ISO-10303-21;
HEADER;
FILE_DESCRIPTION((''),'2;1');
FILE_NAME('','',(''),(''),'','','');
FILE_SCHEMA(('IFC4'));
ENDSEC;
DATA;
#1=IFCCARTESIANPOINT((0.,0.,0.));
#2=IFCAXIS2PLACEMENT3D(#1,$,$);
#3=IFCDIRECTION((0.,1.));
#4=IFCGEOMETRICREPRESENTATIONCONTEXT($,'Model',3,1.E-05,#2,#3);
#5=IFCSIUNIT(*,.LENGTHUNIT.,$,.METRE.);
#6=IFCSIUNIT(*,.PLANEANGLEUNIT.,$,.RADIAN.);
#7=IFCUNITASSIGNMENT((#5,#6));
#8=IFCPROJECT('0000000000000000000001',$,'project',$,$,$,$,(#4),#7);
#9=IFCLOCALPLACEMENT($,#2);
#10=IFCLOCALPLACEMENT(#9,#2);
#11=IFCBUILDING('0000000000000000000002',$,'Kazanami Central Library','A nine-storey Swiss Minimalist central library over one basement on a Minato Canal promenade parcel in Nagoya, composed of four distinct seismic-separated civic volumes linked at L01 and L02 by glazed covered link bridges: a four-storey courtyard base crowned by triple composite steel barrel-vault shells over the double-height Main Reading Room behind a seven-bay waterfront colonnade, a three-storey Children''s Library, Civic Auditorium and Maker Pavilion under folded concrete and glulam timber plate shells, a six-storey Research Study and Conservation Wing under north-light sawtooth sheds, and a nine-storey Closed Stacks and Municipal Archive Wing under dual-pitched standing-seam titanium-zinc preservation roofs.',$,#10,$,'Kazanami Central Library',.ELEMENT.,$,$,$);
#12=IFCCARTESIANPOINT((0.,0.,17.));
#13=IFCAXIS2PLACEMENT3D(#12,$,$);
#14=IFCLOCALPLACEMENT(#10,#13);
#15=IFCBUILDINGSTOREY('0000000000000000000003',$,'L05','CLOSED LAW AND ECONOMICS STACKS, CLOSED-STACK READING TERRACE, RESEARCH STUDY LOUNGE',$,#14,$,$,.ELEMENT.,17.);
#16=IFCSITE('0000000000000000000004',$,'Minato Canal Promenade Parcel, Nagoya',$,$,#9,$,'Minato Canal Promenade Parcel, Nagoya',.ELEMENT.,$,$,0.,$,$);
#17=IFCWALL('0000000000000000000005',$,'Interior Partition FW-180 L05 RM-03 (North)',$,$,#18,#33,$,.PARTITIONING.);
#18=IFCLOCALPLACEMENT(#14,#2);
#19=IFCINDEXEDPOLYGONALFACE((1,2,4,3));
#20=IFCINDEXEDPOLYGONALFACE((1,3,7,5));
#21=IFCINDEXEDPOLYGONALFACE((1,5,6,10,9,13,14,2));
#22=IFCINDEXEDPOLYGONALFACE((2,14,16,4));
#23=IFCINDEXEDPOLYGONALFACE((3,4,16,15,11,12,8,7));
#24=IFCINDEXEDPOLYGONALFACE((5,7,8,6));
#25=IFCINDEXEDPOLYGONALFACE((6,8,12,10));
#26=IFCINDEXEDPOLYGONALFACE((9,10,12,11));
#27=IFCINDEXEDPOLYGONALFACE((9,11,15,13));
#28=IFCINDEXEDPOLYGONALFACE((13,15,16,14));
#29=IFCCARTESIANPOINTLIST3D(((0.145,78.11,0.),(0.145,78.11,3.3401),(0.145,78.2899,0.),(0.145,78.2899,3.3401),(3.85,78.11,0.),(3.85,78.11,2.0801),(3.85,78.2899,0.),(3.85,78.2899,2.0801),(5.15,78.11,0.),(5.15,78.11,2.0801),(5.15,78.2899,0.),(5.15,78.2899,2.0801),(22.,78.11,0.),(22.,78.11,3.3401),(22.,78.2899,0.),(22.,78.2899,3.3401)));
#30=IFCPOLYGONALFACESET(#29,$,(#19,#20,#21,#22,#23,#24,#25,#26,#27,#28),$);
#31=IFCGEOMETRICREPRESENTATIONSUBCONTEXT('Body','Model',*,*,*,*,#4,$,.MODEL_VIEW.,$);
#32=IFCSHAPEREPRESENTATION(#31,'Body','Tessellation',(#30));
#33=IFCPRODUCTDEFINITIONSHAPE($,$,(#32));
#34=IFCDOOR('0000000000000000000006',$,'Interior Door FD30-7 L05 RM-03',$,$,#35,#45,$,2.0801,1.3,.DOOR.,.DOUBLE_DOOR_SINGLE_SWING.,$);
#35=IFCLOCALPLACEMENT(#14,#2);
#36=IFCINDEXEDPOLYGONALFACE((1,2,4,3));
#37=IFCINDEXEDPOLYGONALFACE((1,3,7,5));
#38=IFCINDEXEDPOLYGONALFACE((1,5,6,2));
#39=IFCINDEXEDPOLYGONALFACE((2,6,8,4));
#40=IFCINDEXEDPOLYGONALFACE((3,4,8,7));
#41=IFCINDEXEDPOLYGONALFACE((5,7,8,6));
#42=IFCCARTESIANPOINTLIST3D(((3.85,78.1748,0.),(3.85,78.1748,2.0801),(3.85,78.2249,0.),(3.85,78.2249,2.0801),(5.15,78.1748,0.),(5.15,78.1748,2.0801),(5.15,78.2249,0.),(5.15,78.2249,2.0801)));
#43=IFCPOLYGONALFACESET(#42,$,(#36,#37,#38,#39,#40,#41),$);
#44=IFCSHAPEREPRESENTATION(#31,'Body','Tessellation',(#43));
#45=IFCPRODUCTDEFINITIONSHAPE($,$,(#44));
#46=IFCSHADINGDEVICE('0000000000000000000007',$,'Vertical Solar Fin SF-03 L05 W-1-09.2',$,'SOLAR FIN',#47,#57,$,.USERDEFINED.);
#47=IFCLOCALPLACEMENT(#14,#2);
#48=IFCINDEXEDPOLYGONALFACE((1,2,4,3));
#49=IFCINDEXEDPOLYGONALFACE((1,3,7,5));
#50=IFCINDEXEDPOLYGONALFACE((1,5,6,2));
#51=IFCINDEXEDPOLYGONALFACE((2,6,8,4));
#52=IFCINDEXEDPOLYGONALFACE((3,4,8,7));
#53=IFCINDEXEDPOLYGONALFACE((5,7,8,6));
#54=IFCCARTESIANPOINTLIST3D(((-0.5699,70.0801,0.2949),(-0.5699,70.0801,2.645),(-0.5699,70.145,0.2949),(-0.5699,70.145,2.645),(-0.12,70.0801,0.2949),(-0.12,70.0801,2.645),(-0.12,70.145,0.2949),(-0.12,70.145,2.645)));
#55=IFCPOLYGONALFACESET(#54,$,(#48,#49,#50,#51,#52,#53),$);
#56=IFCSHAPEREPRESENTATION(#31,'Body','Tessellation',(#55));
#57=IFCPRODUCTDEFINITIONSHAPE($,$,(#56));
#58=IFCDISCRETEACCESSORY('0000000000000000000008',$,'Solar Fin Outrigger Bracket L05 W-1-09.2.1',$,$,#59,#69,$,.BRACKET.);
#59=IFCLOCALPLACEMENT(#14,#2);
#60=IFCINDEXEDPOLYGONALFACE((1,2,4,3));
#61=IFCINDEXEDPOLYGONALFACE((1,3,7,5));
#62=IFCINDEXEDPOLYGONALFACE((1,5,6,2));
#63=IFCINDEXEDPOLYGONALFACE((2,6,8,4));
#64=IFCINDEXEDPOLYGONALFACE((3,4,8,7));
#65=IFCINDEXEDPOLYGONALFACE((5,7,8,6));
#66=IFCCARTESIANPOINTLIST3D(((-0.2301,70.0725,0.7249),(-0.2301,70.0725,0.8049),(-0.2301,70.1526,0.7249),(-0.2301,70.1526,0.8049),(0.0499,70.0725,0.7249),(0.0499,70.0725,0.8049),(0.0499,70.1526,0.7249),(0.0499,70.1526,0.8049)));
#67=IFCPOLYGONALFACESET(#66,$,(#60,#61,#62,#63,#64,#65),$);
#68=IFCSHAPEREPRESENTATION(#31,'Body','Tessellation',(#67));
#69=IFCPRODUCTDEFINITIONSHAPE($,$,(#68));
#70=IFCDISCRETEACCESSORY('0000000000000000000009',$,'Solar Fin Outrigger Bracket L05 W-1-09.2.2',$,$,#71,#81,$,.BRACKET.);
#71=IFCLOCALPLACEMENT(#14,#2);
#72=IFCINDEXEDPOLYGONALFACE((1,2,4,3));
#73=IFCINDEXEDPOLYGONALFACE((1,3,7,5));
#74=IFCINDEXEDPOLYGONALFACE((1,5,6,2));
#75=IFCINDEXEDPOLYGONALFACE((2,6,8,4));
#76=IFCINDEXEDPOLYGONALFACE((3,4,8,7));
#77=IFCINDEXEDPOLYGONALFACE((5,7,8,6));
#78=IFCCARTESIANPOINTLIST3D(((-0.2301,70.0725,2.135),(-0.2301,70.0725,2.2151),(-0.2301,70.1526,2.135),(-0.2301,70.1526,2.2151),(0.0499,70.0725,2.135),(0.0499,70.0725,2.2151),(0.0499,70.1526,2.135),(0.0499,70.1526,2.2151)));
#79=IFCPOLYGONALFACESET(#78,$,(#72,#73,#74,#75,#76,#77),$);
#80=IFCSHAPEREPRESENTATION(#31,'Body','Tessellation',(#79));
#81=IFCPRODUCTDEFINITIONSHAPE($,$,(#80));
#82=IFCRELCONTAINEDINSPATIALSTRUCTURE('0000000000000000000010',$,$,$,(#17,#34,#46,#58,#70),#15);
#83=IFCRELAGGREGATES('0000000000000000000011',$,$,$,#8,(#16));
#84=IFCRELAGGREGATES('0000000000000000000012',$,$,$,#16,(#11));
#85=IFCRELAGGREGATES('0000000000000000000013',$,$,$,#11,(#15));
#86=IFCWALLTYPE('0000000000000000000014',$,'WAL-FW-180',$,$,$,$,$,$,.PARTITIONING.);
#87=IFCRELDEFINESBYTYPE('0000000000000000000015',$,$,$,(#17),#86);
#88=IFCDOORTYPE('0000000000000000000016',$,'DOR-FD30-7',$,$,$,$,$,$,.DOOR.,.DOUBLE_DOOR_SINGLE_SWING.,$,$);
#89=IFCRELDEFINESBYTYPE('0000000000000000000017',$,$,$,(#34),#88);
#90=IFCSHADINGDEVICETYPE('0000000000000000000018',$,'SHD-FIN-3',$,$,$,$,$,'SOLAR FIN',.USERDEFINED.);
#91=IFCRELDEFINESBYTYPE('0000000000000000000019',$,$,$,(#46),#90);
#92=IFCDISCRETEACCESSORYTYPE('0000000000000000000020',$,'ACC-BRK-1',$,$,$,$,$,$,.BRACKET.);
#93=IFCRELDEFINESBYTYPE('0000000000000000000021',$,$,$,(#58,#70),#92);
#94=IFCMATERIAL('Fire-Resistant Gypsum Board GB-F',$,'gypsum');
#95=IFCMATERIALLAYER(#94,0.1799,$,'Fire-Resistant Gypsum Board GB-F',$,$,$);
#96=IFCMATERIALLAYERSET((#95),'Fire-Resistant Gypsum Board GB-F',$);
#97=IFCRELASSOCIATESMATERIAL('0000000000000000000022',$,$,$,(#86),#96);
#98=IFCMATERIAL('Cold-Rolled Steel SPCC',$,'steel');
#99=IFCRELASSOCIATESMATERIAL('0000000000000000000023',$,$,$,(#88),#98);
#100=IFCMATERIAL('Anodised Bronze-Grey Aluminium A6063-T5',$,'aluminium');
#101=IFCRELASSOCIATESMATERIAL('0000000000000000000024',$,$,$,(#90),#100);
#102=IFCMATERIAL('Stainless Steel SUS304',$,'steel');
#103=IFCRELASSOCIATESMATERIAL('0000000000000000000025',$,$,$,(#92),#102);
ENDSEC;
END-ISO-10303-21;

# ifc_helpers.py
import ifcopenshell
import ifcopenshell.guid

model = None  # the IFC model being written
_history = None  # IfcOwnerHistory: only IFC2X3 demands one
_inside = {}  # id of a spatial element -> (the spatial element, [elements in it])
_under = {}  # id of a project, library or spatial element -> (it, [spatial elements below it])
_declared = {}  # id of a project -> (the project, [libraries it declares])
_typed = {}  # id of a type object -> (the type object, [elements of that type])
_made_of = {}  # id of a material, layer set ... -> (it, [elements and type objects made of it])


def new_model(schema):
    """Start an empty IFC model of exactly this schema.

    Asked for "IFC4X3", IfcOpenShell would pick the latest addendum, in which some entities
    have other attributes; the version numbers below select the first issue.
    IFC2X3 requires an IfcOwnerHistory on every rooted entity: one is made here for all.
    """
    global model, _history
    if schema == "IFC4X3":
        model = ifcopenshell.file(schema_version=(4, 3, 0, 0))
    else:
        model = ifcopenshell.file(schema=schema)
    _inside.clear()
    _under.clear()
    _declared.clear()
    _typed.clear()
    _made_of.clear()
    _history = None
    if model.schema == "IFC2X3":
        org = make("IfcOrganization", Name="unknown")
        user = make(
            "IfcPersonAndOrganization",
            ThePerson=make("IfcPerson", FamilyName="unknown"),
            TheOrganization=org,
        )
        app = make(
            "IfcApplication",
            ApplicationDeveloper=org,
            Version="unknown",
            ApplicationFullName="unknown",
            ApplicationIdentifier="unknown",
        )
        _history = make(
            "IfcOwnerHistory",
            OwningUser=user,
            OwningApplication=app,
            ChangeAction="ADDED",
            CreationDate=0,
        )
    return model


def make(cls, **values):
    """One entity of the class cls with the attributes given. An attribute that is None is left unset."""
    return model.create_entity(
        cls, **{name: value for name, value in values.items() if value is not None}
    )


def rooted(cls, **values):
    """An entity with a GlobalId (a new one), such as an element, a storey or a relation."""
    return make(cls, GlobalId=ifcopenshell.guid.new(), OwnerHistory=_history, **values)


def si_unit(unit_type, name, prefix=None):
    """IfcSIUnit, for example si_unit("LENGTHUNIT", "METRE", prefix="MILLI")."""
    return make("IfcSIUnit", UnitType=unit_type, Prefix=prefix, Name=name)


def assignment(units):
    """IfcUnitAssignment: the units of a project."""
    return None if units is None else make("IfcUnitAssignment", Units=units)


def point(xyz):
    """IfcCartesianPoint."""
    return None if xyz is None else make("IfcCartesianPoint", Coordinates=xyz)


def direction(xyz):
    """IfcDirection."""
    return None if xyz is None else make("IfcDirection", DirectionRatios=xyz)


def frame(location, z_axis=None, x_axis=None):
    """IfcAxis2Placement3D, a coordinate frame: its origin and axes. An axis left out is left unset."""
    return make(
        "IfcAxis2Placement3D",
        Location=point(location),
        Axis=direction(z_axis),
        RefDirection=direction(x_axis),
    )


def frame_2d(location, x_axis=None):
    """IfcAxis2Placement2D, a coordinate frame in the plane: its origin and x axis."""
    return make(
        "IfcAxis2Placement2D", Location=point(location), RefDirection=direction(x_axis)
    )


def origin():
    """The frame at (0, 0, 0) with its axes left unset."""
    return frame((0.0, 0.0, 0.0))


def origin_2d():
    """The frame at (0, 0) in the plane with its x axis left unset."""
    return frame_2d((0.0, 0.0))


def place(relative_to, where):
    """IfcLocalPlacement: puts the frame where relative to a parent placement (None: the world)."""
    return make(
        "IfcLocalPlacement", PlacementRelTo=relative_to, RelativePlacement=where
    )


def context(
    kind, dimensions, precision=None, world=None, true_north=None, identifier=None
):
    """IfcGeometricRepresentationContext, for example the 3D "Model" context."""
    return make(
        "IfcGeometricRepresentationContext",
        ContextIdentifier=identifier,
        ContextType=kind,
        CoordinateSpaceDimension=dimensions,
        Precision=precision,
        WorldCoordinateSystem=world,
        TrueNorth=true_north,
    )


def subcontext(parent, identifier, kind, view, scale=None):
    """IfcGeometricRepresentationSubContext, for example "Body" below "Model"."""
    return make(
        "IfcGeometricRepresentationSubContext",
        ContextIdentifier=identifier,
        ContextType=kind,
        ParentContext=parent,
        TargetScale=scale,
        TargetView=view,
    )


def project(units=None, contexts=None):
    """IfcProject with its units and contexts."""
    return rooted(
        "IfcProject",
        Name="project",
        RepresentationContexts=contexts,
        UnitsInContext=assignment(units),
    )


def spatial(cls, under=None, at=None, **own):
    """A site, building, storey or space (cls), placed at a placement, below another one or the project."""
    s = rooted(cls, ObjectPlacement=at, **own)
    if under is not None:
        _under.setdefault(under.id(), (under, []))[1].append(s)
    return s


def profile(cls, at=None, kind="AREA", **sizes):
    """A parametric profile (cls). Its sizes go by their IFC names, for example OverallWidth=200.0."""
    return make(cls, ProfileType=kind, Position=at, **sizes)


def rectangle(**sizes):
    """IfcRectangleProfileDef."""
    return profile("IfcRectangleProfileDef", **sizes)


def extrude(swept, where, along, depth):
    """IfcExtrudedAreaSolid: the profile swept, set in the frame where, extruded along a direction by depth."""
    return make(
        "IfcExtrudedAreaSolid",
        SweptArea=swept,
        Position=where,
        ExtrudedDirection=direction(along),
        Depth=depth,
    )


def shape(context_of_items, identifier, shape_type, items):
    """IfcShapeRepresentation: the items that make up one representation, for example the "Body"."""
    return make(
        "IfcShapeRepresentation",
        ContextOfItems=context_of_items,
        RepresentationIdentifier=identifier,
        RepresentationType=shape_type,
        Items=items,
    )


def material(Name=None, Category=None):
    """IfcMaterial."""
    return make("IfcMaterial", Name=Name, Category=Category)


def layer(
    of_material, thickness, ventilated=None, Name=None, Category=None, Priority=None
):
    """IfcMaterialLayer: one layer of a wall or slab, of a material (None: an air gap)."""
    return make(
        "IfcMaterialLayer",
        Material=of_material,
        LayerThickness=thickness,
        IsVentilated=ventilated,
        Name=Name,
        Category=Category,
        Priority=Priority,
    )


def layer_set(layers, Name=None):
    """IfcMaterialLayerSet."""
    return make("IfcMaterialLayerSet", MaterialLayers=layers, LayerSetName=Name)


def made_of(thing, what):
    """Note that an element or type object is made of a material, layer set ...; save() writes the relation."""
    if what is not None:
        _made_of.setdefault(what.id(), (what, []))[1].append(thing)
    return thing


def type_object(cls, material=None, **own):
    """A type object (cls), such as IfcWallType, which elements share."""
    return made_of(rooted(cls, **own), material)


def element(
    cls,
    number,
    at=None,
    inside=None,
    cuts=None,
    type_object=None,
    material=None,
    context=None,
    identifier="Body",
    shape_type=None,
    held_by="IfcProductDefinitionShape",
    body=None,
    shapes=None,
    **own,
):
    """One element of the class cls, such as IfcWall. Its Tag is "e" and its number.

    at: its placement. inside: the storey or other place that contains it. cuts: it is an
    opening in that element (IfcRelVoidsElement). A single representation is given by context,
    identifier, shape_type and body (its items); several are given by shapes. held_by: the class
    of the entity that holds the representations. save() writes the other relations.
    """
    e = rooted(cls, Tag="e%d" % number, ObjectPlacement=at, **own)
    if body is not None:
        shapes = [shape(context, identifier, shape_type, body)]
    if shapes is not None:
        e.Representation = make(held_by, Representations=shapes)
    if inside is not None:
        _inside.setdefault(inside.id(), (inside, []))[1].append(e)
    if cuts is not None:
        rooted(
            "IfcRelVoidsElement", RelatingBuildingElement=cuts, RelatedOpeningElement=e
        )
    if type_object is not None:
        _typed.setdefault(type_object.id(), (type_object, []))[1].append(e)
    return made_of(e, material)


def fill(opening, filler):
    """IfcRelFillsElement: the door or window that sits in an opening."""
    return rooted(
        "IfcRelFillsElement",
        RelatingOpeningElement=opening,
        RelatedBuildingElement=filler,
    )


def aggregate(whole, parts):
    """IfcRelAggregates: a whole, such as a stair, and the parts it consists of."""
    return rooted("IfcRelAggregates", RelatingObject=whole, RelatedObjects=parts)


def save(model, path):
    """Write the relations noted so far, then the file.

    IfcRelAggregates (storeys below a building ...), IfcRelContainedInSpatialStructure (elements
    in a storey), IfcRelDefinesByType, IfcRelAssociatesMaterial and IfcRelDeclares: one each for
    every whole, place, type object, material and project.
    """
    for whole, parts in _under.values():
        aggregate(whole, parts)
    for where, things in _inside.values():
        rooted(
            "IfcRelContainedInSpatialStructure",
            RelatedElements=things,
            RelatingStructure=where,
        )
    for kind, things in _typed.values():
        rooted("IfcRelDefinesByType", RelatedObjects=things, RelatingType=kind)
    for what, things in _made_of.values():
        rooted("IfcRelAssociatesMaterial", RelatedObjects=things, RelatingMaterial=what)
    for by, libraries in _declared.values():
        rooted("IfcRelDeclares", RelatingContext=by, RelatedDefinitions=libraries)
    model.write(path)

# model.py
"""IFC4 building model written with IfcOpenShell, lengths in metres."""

from ifc_helpers import new_model, si_unit, direction, frame, frame_2d, origin, origin_2d, place, context, subcontext, project, spatial, rectangle, extrude, material, layer, layer_set, type_object, element, fill, save


model = new_model("IFC4")

# Units and contexts
model_context = context("Model", 3, precision=1e-05, world=origin(), true_north=direction((0.0, 1.0)))
body_context = subcontext(model_context, "Body", "Model", "MODEL_VIEW")
ifc_project = project(units=[si_unit("LENGTHUNIT", "METRE"), si_unit("PLANEANGLEUNIT", "RADIAN")], contexts=[model_context])

# Site, building, storey
site_placement = place(None, origin())
site = spatial("IfcSite", under=ifc_project, at=site_placement, Name="Minato Canal Promenade Parcel, Nagoya", LongName="Minato Canal Promenade Parcel, Nagoya", CompositionType="ELEMENT", RefElevation=0.0)
building_placement = place(site_placement, origin())
building = spatial("IfcBuilding", under=site, at=building_placement, Name="Kazanami Central Library", Description="A nine-storey Swiss Minimalist central library over one basement on a Minato Canal promenade parcel in Nagoya, composed of four distinct seismic-separated civic volumes linked at L01 and L02 by glazed covered link bridges: a four-storey courtyard base crowned by triple composite steel barrel-vault shells over the double-height Main Reading Room behind a seven-bay waterfront colonnade, a three-storey Children's Library, Civic Auditorium and Maker Pavilion under folded concrete and glulam timber plate shells, a six-storey Research Study and Conservation Wing under north-light sawtooth sheds, and a nine-storey Closed Stacks and Municipal Archive Wing under dual-pitched standing-seam titanium-zinc preservation roofs.", LongName="Kazanami Central Library", CompositionType="ELEMENT")
storey_placement = place(building_placement, frame((0.0, 0.0, 17.0)))
storey = spatial("IfcBuildingStorey", under=building, at=storey_placement, Name="L05", Description="CLOSED LAW AND ECONOMICS STACKS, CLOSED-STACK READING TERRACE, RESEARCH STUDY LOUNGE", CompositionType="ELEMENT", Elevation=17.0)

# Wall, opening, door
ifc_material_1 = material(Name="Fire-Resistant Gypsum Board GB-F", Category="gypsum")
ifc_layer_1 = layer(ifc_material_1, 0.1799, Name="Fire-Resistant Gypsum Board GB-F")
ifc_layer_set_1 = layer_set([ifc_layer_1], Name="Fire-Resistant Gypsum Board GB-F")
wall_type_1 = type_object("IfcWallType", Name="WAL-FW-180", PredefinedType="PARTITIONING", material=ifc_layer_set_1)
wall_1_placement = place(storey_placement, frame((0.145, 78.2, 0.0), z_axis=(0.0, 0.0, 1.0), x_axis=(1.0, 0.0, 0.0)))
wall_1 = element("IfcWall", 1, at=wall_1_placement, inside=storey, type_object=wall_type_1, Name="Interior Partition FW-180 L05 RM-03 (North)", PredefinedType="PARTITIONING", context=body_context, shape_type="SweptSolid", body=[
    extrude(rectangle(XDim=21.855, YDim=0.1799, at=frame_2d((10.9275, 0.0))), origin(), (0.0, 0.0, 1.0), 3.3401),
])
opening_1_placement = place(wall_1_placement, frame((3.7051, 0.0, 0.0)))
opening_1 = element("IfcOpeningElement", 2, at=opening_1_placement, cuts=wall_1, PredefinedType="OPENING", context=body_context, shape_type="SweptSolid", body=[
    extrude(rectangle(XDim=1.3, YDim=2.0801, at=frame_2d((0.6499, 1.04))), frame((0.0, 0.1021, 0.0), z_axis=(0.0, -1.0, 0.0), x_axis=(1.0, 0.0, 0.0)), (0.0, 0.0, 1.0), 0.2039),
])
ifc_material_2 = material(Name="Cold-Rolled Steel SPCC", Category="steel")
door_type = type_object("IfcDoorType", Name="DOR-FD30-7", OperationType="DOUBLE_DOOR_SINGLE_SWING", PredefinedType="DOOR", material=ifc_material_2)
door_placement = place(opening_1_placement, origin())
door = element("IfcDoor", 3, at=door_placement, inside=storey, type_object=door_type, Name="Interior Door FD30-7 L05 RM-03", OperationType="DOUBLE_DOOR_SINGLE_SWING", OverallHeight=2.0801, OverallWidth=1.3, PredefinedType="DOOR", context=body_context, shape_type="SweptSolid", body=[
    extrude(rectangle(XDim=1.3, YDim=2.0801, at=frame_2d((0.6499, 1.04))), frame((0.0, 0.0249, 0.0), z_axis=(0.0, -1.0, 0.0), x_axis=(1.0, 0.0, 0.0)), (0.0, 0.0, 1.0), 0.05),
])
fill(opening_1, door)

# Shading device
ifc_material_3 = material(Name="Anodised Bronze-Grey Aluminium A6063-T5", Category="aluminium")
shading_device_type = type_object("IfcShadingDeviceType", Name="SHD-FIN-3", ElementType="SOLAR FIN", PredefinedType="USERDEFINED", material=ifc_material_3)
shading_device_placement = place(storey_placement, frame((-0.345, 70.1125, 0.2949), z_axis=(0.0, 0.0, 1.0), x_axis=(0.0, 1.0, 0.0)))
element("IfcShadingDevice", 4, at=shading_device_placement, inside=storey, type_object=shading_device_type, Name="Vertical Solar Fin SF-03 L05 W-1-09.2", ObjectType="SOLAR FIN", PredefinedType="USERDEFINED", context=body_context, shape_type="SweptSolid", body=[
    extrude(rectangle(XDim=0.0649, YDim=0.45, at=origin_2d()), origin(), (0.0, 0.0, 1.0), 2.3501),
])

# Discrete accessories
ifc_material_4 = material(Name="Stainless Steel SUS304", Category="steel")
discrete_accessory_type = type_object("IfcDiscreteAccessoryType", Name="ACC-BRK-1", PredefinedType="BRACKET", material=ifc_material_4)
for number, where, z_axis, x_axis, name in (
    (5, (-0.0901, 70.1125, 0.7249), (0.0, 0.0, 1.0), (0.0, 1.0, 0.0), "Solar Fin Outrigger Bracket L05 W-1-09.2.1"),
    (6, (-0.0901, 70.1125, 2.135), (0.0, 0.0, 1.0), (0.0, 1.0, 0.0), "Solar Fin Outrigger Bracket L05 W-1-09.2.2"),
):
    element("IfcDiscreteAccessory", number, at=place(storey_placement, frame(where, z_axis=z_axis, x_axis=x_axis)), inside=storey, type_object=discrete_accessory_type, Name=name, PredefinedType="BRACKET", context=body_context, shape_type="SweptSolid", body=[
        extrude(rectangle(XDim=0.0801, YDim=0.28, at=origin_2d()), origin(), (0.0, 0.0, 1.0), 0.0801),
    ])

save(model, "model.ifc")
